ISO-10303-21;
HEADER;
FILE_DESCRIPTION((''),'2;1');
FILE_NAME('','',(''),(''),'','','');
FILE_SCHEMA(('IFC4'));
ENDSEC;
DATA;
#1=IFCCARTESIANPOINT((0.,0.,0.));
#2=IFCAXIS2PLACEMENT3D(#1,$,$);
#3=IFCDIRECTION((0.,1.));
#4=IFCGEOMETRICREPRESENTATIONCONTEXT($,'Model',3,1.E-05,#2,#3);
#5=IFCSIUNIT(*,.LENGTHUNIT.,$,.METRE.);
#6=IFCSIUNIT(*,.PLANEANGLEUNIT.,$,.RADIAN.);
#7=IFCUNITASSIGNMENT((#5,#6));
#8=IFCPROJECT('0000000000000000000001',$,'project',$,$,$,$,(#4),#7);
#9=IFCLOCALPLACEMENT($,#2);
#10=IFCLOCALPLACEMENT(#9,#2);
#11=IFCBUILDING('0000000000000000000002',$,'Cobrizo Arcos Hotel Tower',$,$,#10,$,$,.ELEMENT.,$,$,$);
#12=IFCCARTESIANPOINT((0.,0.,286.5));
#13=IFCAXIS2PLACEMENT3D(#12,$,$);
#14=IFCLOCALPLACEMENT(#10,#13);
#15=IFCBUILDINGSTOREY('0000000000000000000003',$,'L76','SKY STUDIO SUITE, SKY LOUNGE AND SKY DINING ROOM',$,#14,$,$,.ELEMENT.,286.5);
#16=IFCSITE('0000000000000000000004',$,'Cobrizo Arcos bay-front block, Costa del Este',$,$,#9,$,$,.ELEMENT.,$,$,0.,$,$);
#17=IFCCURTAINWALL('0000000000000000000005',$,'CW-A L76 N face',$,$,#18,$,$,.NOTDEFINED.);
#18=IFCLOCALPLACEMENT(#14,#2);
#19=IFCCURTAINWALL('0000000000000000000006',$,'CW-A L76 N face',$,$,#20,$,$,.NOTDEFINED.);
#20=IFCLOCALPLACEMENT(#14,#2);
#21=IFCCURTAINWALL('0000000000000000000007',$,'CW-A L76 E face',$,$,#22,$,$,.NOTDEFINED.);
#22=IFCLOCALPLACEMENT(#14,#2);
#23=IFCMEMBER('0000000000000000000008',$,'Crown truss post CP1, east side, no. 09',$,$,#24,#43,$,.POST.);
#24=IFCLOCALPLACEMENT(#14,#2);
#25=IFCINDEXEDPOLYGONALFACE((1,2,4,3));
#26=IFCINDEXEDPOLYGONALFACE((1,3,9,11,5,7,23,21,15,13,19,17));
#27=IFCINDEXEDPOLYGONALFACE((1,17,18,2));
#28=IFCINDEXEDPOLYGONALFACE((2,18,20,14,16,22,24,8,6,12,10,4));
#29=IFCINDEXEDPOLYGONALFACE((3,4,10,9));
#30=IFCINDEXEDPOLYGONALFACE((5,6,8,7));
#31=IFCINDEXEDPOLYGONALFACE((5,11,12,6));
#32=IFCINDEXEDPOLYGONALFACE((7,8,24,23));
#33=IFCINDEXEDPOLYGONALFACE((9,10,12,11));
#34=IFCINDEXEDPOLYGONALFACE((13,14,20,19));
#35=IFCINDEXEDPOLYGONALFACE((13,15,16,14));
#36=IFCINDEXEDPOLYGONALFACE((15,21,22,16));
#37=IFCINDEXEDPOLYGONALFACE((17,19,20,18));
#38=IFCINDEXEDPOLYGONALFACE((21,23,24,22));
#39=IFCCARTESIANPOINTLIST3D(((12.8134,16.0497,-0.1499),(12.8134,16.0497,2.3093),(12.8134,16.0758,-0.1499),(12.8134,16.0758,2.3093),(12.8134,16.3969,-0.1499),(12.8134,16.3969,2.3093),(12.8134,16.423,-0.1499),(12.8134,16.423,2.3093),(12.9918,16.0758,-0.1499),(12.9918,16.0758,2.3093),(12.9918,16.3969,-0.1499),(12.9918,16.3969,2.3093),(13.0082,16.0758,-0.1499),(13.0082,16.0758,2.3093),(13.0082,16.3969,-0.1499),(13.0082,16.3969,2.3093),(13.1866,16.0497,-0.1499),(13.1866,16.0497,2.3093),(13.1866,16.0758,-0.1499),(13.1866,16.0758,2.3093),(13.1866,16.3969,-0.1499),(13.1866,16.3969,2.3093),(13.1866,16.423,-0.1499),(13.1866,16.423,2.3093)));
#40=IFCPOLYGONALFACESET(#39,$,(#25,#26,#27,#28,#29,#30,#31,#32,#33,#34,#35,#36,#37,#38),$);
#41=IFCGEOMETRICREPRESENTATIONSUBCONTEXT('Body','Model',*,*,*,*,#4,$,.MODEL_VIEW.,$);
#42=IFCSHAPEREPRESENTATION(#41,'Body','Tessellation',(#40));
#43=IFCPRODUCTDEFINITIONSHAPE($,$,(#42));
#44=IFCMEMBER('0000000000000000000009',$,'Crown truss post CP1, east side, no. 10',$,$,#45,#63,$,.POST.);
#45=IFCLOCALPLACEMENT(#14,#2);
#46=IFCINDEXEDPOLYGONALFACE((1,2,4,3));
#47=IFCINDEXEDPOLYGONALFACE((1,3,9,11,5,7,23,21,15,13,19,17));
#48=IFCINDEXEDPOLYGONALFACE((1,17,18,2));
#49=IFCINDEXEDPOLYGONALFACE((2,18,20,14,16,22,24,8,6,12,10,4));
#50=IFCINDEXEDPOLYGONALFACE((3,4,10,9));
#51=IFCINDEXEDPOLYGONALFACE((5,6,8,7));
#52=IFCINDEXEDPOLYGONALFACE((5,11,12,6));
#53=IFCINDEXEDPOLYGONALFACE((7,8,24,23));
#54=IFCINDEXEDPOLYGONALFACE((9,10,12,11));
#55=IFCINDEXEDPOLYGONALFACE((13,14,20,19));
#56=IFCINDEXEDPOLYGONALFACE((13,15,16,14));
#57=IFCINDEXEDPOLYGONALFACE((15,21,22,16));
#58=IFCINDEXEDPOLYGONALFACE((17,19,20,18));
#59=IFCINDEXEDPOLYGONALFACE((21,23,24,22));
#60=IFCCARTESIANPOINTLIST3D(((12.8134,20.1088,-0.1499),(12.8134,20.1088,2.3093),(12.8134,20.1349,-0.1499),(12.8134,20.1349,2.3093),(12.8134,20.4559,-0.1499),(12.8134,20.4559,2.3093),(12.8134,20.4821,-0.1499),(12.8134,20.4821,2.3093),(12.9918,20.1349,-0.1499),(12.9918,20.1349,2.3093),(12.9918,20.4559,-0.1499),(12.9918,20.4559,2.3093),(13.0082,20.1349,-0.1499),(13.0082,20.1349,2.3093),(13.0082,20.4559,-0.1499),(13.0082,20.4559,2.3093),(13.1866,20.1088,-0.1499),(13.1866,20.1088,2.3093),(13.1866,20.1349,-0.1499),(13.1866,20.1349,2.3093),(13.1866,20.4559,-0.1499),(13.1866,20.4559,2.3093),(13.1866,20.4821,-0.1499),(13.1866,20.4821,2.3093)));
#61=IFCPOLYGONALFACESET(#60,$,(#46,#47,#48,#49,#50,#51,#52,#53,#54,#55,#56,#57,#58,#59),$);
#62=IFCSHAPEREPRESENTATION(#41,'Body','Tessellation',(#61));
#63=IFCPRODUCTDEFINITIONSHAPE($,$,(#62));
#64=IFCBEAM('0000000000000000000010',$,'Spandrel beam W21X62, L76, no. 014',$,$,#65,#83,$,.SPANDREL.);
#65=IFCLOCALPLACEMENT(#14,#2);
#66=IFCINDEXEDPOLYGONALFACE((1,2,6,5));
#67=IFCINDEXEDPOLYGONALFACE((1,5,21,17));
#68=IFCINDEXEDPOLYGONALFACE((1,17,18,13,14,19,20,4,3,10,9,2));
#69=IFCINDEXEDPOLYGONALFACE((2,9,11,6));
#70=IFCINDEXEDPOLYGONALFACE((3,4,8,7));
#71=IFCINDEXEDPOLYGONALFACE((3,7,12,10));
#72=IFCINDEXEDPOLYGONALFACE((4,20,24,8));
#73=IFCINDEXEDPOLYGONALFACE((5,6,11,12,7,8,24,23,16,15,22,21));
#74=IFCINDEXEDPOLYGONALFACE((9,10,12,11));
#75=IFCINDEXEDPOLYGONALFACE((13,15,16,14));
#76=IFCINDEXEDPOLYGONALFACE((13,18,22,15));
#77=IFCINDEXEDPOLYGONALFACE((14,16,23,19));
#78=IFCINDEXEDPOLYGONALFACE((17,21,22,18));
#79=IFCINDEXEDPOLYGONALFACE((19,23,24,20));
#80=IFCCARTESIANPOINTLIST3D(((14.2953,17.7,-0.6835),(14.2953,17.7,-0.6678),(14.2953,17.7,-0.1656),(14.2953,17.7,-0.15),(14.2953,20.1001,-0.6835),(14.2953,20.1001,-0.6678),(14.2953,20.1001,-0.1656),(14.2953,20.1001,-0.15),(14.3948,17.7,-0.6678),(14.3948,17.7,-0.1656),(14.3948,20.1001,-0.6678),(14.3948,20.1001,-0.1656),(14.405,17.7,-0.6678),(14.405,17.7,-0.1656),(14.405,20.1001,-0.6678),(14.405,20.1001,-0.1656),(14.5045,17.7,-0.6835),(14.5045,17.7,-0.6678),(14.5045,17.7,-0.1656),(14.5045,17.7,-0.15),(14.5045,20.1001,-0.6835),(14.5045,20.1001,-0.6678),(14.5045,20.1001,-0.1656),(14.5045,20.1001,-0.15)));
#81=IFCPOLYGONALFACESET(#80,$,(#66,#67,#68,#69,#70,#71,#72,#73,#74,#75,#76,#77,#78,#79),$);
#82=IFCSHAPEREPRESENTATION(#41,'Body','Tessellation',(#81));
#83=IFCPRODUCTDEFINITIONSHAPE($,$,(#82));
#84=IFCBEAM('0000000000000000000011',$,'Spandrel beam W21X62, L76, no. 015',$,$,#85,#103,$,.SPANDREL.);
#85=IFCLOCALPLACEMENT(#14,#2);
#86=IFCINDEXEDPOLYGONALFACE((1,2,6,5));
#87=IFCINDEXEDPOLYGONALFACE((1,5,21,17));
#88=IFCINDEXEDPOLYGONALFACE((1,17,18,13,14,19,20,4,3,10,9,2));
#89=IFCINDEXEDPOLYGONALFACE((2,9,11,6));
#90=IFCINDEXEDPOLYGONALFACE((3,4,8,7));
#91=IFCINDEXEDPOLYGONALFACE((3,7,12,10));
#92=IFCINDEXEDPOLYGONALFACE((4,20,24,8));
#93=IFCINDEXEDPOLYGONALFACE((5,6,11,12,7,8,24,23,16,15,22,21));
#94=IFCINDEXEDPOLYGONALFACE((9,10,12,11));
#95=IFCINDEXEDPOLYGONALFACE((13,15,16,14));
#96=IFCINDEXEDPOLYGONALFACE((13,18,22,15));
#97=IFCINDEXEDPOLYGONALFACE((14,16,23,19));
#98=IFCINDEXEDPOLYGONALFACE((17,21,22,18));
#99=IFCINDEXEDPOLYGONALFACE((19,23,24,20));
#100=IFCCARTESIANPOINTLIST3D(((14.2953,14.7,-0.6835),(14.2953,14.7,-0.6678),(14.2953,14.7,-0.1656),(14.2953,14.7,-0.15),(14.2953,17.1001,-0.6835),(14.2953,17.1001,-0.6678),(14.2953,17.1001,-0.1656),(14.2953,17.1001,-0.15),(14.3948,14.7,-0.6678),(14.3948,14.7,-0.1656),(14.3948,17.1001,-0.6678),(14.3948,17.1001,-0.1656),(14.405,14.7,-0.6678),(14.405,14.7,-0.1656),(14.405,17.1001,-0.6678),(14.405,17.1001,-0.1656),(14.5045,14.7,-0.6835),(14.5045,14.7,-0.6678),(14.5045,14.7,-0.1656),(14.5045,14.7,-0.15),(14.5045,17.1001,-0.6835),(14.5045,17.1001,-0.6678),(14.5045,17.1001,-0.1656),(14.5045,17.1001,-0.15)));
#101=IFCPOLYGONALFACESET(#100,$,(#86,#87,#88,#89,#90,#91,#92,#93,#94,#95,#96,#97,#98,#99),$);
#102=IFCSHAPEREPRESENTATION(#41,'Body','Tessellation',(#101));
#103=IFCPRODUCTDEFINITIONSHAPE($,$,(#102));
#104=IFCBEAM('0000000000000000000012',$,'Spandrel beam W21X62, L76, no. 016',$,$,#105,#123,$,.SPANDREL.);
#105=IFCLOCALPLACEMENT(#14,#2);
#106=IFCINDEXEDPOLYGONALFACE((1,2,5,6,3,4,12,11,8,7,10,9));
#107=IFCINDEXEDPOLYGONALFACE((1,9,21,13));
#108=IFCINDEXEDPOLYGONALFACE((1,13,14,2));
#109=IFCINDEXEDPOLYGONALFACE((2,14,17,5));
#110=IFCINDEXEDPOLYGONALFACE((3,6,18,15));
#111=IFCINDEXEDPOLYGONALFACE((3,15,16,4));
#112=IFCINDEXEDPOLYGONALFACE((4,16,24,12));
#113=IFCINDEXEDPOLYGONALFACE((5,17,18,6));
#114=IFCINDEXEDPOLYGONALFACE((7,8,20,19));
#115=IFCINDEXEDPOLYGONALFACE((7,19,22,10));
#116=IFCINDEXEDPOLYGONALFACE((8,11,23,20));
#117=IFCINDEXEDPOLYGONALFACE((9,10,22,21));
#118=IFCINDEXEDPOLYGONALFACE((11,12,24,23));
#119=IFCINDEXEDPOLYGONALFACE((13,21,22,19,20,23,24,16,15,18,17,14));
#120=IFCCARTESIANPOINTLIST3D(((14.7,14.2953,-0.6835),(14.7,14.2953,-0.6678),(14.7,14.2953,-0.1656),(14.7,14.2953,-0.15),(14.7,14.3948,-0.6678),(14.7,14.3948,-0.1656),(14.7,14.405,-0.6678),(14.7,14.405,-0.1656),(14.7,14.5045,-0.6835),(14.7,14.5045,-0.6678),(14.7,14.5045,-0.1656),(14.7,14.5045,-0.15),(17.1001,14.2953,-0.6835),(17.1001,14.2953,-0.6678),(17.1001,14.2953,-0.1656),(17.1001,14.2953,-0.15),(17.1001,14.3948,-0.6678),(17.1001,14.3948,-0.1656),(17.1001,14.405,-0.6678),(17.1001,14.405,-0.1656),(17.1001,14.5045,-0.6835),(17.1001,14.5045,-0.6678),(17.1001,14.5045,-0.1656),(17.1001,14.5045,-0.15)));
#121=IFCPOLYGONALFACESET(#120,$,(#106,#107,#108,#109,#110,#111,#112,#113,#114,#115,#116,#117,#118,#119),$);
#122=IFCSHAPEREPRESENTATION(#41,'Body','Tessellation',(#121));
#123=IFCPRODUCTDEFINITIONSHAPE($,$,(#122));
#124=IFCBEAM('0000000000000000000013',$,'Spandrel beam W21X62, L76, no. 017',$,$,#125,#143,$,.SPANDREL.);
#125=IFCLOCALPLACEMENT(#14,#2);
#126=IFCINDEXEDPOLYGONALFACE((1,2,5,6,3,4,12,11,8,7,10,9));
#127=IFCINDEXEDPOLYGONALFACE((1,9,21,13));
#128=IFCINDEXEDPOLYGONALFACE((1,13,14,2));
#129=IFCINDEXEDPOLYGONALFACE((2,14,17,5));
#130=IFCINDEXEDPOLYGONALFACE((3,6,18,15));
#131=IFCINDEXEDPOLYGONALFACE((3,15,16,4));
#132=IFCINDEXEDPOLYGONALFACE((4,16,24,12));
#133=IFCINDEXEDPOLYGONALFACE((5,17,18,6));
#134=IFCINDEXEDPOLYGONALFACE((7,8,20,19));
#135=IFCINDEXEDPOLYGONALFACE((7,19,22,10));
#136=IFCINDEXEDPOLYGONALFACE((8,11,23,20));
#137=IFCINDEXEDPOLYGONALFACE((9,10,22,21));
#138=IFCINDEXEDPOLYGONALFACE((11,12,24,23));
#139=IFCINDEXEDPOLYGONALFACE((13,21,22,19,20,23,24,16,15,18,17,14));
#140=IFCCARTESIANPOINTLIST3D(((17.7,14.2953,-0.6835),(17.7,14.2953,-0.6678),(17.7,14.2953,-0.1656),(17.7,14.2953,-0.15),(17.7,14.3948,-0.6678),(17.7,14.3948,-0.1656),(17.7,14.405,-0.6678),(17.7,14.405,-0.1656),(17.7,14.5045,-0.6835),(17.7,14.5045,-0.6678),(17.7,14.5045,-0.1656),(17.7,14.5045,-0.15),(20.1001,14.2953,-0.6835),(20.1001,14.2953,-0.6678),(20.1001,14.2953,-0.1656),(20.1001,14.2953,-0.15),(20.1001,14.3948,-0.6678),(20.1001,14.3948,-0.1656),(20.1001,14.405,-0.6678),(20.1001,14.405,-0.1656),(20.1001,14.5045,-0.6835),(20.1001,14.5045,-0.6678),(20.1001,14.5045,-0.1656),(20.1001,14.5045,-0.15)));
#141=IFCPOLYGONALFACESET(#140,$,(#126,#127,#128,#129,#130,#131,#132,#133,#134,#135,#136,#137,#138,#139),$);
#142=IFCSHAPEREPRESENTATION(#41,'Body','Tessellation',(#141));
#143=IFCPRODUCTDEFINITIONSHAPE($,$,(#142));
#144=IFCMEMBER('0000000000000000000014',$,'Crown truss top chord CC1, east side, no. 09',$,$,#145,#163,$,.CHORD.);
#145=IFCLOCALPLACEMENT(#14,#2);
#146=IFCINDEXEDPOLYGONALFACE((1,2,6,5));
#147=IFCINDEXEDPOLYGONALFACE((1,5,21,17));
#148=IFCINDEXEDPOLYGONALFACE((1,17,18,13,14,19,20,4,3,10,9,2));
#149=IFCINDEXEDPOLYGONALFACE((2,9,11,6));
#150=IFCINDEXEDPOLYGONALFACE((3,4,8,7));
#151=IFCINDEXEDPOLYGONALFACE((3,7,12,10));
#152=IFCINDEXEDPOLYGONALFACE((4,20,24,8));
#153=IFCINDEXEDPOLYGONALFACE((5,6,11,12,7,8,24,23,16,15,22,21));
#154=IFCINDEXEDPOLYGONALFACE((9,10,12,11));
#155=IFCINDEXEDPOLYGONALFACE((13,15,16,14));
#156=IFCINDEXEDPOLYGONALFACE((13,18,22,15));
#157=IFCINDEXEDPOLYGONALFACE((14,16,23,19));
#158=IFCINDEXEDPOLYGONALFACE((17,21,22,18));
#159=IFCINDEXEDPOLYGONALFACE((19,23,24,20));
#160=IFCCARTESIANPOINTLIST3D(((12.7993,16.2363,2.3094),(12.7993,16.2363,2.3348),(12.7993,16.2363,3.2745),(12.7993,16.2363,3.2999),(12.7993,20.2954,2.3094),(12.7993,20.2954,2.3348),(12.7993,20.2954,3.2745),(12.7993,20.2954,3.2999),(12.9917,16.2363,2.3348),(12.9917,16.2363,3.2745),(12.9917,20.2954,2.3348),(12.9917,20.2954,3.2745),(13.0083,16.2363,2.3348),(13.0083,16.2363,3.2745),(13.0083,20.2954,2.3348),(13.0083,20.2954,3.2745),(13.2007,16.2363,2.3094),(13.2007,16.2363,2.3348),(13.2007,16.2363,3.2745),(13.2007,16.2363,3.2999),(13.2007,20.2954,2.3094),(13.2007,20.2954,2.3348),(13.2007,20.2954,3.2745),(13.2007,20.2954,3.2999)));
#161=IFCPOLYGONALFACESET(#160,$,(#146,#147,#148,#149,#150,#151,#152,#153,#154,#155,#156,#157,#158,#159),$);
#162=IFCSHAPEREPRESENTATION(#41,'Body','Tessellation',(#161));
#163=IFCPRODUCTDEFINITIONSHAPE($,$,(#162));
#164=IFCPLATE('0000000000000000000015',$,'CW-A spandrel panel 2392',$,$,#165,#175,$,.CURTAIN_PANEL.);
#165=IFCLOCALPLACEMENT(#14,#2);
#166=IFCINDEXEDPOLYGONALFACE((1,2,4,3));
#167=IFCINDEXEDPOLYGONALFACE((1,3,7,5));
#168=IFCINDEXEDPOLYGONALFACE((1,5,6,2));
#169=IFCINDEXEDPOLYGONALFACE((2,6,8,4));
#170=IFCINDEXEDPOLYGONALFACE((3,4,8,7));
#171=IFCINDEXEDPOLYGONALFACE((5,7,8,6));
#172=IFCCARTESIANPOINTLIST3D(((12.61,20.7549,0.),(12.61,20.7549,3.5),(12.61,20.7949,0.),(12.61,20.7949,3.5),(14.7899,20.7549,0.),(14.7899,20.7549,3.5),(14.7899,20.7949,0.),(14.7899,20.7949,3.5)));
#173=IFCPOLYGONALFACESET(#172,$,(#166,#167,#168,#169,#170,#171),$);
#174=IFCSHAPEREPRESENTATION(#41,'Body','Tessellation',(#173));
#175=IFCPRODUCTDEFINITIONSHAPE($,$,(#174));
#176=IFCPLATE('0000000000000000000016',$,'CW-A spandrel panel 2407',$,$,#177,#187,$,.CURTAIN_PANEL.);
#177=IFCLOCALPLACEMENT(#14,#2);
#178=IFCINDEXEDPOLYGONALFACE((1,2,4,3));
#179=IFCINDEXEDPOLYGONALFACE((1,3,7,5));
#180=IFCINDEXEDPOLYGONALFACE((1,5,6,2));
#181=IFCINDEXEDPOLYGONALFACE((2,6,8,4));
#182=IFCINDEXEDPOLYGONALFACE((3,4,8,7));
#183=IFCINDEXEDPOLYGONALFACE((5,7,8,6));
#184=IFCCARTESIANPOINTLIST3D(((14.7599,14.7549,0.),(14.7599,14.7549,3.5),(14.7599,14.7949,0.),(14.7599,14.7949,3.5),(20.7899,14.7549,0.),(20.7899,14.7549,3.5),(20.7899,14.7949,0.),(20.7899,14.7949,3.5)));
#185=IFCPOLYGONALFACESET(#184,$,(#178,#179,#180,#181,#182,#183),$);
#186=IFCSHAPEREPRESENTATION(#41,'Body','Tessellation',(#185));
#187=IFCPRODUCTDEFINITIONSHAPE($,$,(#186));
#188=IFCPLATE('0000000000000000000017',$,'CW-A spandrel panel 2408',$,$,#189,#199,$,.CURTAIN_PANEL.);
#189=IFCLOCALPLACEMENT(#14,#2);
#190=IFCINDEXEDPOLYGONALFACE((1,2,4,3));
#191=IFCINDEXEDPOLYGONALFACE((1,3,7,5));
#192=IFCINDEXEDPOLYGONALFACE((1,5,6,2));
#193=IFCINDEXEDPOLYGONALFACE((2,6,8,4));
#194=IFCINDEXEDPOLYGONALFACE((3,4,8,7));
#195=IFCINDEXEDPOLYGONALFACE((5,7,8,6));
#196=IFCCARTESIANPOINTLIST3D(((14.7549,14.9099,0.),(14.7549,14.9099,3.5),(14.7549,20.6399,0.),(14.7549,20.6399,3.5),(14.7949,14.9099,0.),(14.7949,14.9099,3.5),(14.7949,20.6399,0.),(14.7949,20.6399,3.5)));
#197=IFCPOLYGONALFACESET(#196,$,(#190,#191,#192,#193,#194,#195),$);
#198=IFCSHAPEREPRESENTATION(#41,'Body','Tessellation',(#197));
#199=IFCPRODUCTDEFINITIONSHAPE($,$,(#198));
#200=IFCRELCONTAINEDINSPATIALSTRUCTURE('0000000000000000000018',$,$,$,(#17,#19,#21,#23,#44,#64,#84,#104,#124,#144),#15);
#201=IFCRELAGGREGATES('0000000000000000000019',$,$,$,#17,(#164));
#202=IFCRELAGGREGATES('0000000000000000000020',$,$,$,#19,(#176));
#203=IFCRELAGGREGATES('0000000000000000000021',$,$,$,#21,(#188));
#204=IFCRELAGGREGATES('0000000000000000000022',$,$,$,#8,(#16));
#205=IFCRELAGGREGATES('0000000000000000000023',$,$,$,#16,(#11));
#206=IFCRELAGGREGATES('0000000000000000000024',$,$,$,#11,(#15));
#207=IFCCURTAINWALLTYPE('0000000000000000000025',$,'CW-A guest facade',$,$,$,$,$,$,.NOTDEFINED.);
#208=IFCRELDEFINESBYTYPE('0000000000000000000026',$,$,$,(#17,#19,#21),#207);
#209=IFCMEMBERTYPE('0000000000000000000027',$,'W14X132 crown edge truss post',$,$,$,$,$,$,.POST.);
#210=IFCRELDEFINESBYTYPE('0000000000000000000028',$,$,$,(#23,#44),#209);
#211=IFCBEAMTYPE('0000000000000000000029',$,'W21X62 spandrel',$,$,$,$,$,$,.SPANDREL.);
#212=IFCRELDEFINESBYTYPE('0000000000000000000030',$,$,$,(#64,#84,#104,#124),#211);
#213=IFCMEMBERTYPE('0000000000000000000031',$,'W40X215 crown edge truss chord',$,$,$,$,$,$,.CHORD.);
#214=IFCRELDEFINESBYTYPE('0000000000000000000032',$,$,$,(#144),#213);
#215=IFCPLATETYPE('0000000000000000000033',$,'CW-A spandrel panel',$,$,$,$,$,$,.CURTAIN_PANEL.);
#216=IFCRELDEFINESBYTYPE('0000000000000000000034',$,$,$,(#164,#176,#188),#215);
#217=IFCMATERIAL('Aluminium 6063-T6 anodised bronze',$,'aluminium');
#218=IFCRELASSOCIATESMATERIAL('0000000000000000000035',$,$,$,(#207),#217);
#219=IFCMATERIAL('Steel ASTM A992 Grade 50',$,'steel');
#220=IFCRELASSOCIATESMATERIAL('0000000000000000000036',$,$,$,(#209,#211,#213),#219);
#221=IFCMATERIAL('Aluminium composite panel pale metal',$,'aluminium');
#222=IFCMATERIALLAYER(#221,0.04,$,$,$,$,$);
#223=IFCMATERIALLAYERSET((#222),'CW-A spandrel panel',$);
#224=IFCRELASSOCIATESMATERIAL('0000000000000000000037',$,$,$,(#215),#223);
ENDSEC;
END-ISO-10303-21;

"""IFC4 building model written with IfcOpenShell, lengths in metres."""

from ifc_helpers import new_model, si_unit, direction, frame, origin, origin_2d, place, context, subcontext, project, spatial, rectangle, i_section, extrude, material, layer, layer_set, material_profile, profile_set, type_object, element, aggregate, save


model = new_model("IFC4")

# Units and contexts
model_context = context("Model", 3, precision=1e-05, world=origin(), true_north=direction((0.0, 1.0)))
body_context = subcontext(model_context, "Body", "Model", "MODEL_VIEW")
ifc_project = project(units=[si_unit("LENGTHUNIT", "METRE"), si_unit("PLANEANGLEUNIT", "RADIAN")], contexts=[model_context])

# Site, building, storey
site_placement = place(None, origin())
site = spatial("IfcSite", under=ifc_project, at=site_placement, Name="Cobrizo Arcos bay-front block, Costa del Este", CompositionType="ELEMENT", RefElevation=0.0)
building_placement = place(site_placement, origin())
building = spatial("IfcBuilding", under=site, at=building_placement, Name="Cobrizo Arcos Hotel Tower", CompositionType="ELEMENT")
storey_placement = place(building_placement, frame((0.0, 0.0, 286.5)))
storey = spatial("IfcBuildingStorey", under=building, at=storey_placement, Name="L76", Description="SKY STUDIO SUITE, SKY LOUNGE AND SKY DINING ROOM", CompositionType="ELEMENT", Elevation=286.5)

# Curtain wall
ifc_material_1 = material(Name="Aluminium 6063-T6 anodised bronze", Category="aluminium")
curtain_wall_type = type_object("IfcCurtainWallType", Name="CW-A guest facade", PredefinedType="NOTDEFINED", material=ifc_material_1)
curtain_wall_1_placement = place(storey_placement, origin())
curtain_wall_1 = element("IfcCurtainWall", 1, at=curtain_wall_1_placement, inside=storey, type_object=curtain_wall_type, Name="CW-A L76 N face", PredefinedType="NOTDEFINED")

# Curtain walls
curtain_wall_2_placement = place(storey_placement, origin())
curtain_wall_2 = element("IfcCurtainWall", 2, at=curtain_wall_2_placement, inside=storey, type_object=curtain_wall_type, Name="CW-A L76 N face", PredefinedType="NOTDEFINED")
curtain_wall_3_placement = place(storey_placement, origin())
curtain_wall_3 = element("IfcCurtainWall", 3, at=curtain_wall_3_placement, inside=storey, type_object=curtain_wall_type, Name="CW-A L76 E face", PredefinedType="NOTDEFINED")

# Members
ifc_material_2 = material(Name="Steel ASTM A992 Grade 50", Category="steel")
ifc_material_profile_1 = material_profile(ifc_material_2, i_section(OverallWidth=0.3733, OverallDepth=0.3733, WebThickness=0.0164, FlangeThickness=0.0261, at=origin_2d()), Name="W14X132")
ifc_profile_set_1 = profile_set([ifc_material_profile_1], Name="Steel ASTM A992 Grade 50")
member_type_1 = type_object("IfcMemberType", Name="W14X132 crown edge truss post", PredefinedType="POST", material=ifc_profile_set_1)
for number, where, z_axis, x_axis, name in (
    (4, (13.0, 16.2363, -0.1499), (0.0, 0.0, 1.0), (1.0, 0.0, 0.0), "Crown truss post CP1, east side, no. 09"),
    (5, (13.0, 20.2954, -0.1499), (0.0, 0.0, 1.0), (1.0, 0.0, 0.0), "Crown truss post CP1, east side, no. 10"),
):
    element("IfcMember", number, at=place(storey_placement, frame(where, z_axis=z_axis, x_axis=x_axis)), inside=storey, type_object=member_type_1, Name=name, PredefinedType="POST", context=body_context, shape_type="SweptSolid", body=[
        extrude(i_section(OverallWidth=0.3733, OverallDepth=0.3733, WebThickness=0.0164, FlangeThickness=0.0261, at=origin_2d()), origin(), (0.0, 0.0, 1.0), 2.4592),
    ])

# Beams
ifc_material_profile_2 = material_profile(ifc_material_2, i_section(OverallWidth=0.2092, OverallDepth=0.5334, WebThickness=0.0103, FlangeThickness=0.0156, at=origin_2d()), Name="W21X62")
ifc_profile_set_2 = profile_set([ifc_material_profile_2], Name="Steel ASTM A992 Grade 50")
beam_type = type_object("IfcBeamType", Name="W21X62 spandrel", PredefinedType="SPANDREL", material=ifc_profile_set_2)
for number, where, z_axis, x_axis, name in (
    (6, (14.3999, 20.1001, -0.4167), (0.0, -1.0, 0.0), (1.0, 0.0, 0.0), "Spandrel beam W21X62, L76, no. 014"),
    (7, (14.3999, 17.1001, -0.4167), (0.0, -1.0, 0.0), (1.0, 0.0, 0.0), "Spandrel beam W21X62, L76, no. 015"),
    (8, (14.7, 14.3999, -0.4167), (1.0, 0.0, 0.0), (0.0, 1.0, 0.0), "Spandrel beam W21X62, L76, no. 016"),
    (9, (17.7, 14.3999, -0.4167), (1.0, 0.0, 0.0), (0.0, 1.0, 0.0), "Spandrel beam W21X62, L76, no. 017"),
):
    element("IfcBeam", number, at=place(storey_placement, frame(where, z_axis=z_axis, x_axis=x_axis)), inside=storey, type_object=beam_type, Name=name, PredefinedType="SPANDREL", context=body_context, shape_type="SweptSolid", body=[
        extrude(i_section(OverallWidth=0.2092, OverallDepth=0.5334, WebThickness=0.0103, FlangeThickness=0.0156, at=origin_2d()), origin(), (0.0, 0.0, 1.0), 2.4001),
    ])

# Member
ifc_material_profile_3 = material_profile(ifc_material_2, i_section(OverallWidth=0.4014, OverallDepth=0.9905, WebThickness=0.0166, FlangeThickness=0.0254, at=origin_2d()), Name="W40X215")
ifc_profile_set_3 = profile_set([ifc_material_profile_3], Name="Steel ASTM A992 Grade 50")
member_type_2 = type_object("IfcMemberType", Name="W40X215 crown edge truss chord", PredefinedType="CHORD", material=ifc_profile_set_3)
member_1_placement = place(storey_placement, frame((13.0, 16.2363, 2.8047), z_axis=(0.0, 1.0, 0.0), x_axis=(-1.0, 0.0, 0.0)))
element("IfcMember", 10, at=member_1_placement, inside=storey, type_object=member_type_2, Name="Crown truss top chord CC1, east side, no. 09", PredefinedType="CHORD", context=body_context, shape_type="SweptSolid", body=[
    extrude(i_section(OverallWidth=0.4014, OverallDepth=0.9905, WebThickness=0.0166, FlangeThickness=0.0254, at=origin_2d()), origin(), (0.0, 0.0, 1.0), 4.0591),
])

# Plates
ifc_material_3 = material(Name="Aluminium composite panel pale metal", Category="aluminium")
ifc_layer_1 = layer(ifc_material_3, 0.04)
ifc_layer_set_1 = layer_set([ifc_layer_1], Name="CW-A spandrel panel")
plate_type = type_object("IfcPlateType", Name="CW-A spandrel panel", PredefinedType="CURTAIN_PANEL", material=ifc_layer_set_1)
plate_1_placement = place(storey_placement, frame((13.7, 20.7749, 0.0), z_axis=(0.0, 0.0, 1.0), x_axis=(-1.0, 0.0, 0.0)))
plate_1 = element("IfcPlate", 11, at=plate_1_placement, type_object=plate_type, Name="CW-A spandrel panel 2392", PredefinedType="CURTAIN_PANEL", context=body_context, shape_type="SweptSolid", body=[
    extrude(rectangle(XDim=2.1799, YDim=0.04, at=origin_2d()), origin(), (0.0, 0.0, 1.0), 3.5),
])
aggregate(curtain_wall_1, [plate_1])
plate_2_placement = place(storey_placement, frame((17.7749, 14.7749, 0.0), z_axis=(0.0, 0.0, 1.0), x_axis=(-1.0, 0.0, 0.0)))
plate_2 = element("IfcPlate", 12, at=plate_2_placement, type_object=plate_type, Name="CW-A spandrel panel 2407", PredefinedType="CURTAIN_PANEL", context=body_context, shape_type="SweptSolid", body=[
    extrude(rectangle(XDim=6.03, YDim=0.04, at=origin_2d()), origin(), (0.0, 0.0, 1.0), 3.5),
])
aggregate(curtain_wall_2, [plate_2])
plate_3_placement = place(storey_placement, frame((14.7749, 17.7749, 0.0), z_axis=(0.0, 0.0, 1.0), x_axis=(0.0, 1.0, 0.0)))
plate_3 = element("IfcPlate", 13, at=plate_3_placement, type_object=plate_type, Name="CW-A spandrel panel 2408", PredefinedType="CURTAIN_PANEL", context=body_context, shape_type="SweptSolid", body=[
    extrude(rectangle(XDim=5.73, YDim=0.04, at=origin_2d()), origin(), (0.0, 0.0, 1.0), 3.5),
])
aggregate(curtain_wall_3, [plate_3])

save(model, "model.ifc")
